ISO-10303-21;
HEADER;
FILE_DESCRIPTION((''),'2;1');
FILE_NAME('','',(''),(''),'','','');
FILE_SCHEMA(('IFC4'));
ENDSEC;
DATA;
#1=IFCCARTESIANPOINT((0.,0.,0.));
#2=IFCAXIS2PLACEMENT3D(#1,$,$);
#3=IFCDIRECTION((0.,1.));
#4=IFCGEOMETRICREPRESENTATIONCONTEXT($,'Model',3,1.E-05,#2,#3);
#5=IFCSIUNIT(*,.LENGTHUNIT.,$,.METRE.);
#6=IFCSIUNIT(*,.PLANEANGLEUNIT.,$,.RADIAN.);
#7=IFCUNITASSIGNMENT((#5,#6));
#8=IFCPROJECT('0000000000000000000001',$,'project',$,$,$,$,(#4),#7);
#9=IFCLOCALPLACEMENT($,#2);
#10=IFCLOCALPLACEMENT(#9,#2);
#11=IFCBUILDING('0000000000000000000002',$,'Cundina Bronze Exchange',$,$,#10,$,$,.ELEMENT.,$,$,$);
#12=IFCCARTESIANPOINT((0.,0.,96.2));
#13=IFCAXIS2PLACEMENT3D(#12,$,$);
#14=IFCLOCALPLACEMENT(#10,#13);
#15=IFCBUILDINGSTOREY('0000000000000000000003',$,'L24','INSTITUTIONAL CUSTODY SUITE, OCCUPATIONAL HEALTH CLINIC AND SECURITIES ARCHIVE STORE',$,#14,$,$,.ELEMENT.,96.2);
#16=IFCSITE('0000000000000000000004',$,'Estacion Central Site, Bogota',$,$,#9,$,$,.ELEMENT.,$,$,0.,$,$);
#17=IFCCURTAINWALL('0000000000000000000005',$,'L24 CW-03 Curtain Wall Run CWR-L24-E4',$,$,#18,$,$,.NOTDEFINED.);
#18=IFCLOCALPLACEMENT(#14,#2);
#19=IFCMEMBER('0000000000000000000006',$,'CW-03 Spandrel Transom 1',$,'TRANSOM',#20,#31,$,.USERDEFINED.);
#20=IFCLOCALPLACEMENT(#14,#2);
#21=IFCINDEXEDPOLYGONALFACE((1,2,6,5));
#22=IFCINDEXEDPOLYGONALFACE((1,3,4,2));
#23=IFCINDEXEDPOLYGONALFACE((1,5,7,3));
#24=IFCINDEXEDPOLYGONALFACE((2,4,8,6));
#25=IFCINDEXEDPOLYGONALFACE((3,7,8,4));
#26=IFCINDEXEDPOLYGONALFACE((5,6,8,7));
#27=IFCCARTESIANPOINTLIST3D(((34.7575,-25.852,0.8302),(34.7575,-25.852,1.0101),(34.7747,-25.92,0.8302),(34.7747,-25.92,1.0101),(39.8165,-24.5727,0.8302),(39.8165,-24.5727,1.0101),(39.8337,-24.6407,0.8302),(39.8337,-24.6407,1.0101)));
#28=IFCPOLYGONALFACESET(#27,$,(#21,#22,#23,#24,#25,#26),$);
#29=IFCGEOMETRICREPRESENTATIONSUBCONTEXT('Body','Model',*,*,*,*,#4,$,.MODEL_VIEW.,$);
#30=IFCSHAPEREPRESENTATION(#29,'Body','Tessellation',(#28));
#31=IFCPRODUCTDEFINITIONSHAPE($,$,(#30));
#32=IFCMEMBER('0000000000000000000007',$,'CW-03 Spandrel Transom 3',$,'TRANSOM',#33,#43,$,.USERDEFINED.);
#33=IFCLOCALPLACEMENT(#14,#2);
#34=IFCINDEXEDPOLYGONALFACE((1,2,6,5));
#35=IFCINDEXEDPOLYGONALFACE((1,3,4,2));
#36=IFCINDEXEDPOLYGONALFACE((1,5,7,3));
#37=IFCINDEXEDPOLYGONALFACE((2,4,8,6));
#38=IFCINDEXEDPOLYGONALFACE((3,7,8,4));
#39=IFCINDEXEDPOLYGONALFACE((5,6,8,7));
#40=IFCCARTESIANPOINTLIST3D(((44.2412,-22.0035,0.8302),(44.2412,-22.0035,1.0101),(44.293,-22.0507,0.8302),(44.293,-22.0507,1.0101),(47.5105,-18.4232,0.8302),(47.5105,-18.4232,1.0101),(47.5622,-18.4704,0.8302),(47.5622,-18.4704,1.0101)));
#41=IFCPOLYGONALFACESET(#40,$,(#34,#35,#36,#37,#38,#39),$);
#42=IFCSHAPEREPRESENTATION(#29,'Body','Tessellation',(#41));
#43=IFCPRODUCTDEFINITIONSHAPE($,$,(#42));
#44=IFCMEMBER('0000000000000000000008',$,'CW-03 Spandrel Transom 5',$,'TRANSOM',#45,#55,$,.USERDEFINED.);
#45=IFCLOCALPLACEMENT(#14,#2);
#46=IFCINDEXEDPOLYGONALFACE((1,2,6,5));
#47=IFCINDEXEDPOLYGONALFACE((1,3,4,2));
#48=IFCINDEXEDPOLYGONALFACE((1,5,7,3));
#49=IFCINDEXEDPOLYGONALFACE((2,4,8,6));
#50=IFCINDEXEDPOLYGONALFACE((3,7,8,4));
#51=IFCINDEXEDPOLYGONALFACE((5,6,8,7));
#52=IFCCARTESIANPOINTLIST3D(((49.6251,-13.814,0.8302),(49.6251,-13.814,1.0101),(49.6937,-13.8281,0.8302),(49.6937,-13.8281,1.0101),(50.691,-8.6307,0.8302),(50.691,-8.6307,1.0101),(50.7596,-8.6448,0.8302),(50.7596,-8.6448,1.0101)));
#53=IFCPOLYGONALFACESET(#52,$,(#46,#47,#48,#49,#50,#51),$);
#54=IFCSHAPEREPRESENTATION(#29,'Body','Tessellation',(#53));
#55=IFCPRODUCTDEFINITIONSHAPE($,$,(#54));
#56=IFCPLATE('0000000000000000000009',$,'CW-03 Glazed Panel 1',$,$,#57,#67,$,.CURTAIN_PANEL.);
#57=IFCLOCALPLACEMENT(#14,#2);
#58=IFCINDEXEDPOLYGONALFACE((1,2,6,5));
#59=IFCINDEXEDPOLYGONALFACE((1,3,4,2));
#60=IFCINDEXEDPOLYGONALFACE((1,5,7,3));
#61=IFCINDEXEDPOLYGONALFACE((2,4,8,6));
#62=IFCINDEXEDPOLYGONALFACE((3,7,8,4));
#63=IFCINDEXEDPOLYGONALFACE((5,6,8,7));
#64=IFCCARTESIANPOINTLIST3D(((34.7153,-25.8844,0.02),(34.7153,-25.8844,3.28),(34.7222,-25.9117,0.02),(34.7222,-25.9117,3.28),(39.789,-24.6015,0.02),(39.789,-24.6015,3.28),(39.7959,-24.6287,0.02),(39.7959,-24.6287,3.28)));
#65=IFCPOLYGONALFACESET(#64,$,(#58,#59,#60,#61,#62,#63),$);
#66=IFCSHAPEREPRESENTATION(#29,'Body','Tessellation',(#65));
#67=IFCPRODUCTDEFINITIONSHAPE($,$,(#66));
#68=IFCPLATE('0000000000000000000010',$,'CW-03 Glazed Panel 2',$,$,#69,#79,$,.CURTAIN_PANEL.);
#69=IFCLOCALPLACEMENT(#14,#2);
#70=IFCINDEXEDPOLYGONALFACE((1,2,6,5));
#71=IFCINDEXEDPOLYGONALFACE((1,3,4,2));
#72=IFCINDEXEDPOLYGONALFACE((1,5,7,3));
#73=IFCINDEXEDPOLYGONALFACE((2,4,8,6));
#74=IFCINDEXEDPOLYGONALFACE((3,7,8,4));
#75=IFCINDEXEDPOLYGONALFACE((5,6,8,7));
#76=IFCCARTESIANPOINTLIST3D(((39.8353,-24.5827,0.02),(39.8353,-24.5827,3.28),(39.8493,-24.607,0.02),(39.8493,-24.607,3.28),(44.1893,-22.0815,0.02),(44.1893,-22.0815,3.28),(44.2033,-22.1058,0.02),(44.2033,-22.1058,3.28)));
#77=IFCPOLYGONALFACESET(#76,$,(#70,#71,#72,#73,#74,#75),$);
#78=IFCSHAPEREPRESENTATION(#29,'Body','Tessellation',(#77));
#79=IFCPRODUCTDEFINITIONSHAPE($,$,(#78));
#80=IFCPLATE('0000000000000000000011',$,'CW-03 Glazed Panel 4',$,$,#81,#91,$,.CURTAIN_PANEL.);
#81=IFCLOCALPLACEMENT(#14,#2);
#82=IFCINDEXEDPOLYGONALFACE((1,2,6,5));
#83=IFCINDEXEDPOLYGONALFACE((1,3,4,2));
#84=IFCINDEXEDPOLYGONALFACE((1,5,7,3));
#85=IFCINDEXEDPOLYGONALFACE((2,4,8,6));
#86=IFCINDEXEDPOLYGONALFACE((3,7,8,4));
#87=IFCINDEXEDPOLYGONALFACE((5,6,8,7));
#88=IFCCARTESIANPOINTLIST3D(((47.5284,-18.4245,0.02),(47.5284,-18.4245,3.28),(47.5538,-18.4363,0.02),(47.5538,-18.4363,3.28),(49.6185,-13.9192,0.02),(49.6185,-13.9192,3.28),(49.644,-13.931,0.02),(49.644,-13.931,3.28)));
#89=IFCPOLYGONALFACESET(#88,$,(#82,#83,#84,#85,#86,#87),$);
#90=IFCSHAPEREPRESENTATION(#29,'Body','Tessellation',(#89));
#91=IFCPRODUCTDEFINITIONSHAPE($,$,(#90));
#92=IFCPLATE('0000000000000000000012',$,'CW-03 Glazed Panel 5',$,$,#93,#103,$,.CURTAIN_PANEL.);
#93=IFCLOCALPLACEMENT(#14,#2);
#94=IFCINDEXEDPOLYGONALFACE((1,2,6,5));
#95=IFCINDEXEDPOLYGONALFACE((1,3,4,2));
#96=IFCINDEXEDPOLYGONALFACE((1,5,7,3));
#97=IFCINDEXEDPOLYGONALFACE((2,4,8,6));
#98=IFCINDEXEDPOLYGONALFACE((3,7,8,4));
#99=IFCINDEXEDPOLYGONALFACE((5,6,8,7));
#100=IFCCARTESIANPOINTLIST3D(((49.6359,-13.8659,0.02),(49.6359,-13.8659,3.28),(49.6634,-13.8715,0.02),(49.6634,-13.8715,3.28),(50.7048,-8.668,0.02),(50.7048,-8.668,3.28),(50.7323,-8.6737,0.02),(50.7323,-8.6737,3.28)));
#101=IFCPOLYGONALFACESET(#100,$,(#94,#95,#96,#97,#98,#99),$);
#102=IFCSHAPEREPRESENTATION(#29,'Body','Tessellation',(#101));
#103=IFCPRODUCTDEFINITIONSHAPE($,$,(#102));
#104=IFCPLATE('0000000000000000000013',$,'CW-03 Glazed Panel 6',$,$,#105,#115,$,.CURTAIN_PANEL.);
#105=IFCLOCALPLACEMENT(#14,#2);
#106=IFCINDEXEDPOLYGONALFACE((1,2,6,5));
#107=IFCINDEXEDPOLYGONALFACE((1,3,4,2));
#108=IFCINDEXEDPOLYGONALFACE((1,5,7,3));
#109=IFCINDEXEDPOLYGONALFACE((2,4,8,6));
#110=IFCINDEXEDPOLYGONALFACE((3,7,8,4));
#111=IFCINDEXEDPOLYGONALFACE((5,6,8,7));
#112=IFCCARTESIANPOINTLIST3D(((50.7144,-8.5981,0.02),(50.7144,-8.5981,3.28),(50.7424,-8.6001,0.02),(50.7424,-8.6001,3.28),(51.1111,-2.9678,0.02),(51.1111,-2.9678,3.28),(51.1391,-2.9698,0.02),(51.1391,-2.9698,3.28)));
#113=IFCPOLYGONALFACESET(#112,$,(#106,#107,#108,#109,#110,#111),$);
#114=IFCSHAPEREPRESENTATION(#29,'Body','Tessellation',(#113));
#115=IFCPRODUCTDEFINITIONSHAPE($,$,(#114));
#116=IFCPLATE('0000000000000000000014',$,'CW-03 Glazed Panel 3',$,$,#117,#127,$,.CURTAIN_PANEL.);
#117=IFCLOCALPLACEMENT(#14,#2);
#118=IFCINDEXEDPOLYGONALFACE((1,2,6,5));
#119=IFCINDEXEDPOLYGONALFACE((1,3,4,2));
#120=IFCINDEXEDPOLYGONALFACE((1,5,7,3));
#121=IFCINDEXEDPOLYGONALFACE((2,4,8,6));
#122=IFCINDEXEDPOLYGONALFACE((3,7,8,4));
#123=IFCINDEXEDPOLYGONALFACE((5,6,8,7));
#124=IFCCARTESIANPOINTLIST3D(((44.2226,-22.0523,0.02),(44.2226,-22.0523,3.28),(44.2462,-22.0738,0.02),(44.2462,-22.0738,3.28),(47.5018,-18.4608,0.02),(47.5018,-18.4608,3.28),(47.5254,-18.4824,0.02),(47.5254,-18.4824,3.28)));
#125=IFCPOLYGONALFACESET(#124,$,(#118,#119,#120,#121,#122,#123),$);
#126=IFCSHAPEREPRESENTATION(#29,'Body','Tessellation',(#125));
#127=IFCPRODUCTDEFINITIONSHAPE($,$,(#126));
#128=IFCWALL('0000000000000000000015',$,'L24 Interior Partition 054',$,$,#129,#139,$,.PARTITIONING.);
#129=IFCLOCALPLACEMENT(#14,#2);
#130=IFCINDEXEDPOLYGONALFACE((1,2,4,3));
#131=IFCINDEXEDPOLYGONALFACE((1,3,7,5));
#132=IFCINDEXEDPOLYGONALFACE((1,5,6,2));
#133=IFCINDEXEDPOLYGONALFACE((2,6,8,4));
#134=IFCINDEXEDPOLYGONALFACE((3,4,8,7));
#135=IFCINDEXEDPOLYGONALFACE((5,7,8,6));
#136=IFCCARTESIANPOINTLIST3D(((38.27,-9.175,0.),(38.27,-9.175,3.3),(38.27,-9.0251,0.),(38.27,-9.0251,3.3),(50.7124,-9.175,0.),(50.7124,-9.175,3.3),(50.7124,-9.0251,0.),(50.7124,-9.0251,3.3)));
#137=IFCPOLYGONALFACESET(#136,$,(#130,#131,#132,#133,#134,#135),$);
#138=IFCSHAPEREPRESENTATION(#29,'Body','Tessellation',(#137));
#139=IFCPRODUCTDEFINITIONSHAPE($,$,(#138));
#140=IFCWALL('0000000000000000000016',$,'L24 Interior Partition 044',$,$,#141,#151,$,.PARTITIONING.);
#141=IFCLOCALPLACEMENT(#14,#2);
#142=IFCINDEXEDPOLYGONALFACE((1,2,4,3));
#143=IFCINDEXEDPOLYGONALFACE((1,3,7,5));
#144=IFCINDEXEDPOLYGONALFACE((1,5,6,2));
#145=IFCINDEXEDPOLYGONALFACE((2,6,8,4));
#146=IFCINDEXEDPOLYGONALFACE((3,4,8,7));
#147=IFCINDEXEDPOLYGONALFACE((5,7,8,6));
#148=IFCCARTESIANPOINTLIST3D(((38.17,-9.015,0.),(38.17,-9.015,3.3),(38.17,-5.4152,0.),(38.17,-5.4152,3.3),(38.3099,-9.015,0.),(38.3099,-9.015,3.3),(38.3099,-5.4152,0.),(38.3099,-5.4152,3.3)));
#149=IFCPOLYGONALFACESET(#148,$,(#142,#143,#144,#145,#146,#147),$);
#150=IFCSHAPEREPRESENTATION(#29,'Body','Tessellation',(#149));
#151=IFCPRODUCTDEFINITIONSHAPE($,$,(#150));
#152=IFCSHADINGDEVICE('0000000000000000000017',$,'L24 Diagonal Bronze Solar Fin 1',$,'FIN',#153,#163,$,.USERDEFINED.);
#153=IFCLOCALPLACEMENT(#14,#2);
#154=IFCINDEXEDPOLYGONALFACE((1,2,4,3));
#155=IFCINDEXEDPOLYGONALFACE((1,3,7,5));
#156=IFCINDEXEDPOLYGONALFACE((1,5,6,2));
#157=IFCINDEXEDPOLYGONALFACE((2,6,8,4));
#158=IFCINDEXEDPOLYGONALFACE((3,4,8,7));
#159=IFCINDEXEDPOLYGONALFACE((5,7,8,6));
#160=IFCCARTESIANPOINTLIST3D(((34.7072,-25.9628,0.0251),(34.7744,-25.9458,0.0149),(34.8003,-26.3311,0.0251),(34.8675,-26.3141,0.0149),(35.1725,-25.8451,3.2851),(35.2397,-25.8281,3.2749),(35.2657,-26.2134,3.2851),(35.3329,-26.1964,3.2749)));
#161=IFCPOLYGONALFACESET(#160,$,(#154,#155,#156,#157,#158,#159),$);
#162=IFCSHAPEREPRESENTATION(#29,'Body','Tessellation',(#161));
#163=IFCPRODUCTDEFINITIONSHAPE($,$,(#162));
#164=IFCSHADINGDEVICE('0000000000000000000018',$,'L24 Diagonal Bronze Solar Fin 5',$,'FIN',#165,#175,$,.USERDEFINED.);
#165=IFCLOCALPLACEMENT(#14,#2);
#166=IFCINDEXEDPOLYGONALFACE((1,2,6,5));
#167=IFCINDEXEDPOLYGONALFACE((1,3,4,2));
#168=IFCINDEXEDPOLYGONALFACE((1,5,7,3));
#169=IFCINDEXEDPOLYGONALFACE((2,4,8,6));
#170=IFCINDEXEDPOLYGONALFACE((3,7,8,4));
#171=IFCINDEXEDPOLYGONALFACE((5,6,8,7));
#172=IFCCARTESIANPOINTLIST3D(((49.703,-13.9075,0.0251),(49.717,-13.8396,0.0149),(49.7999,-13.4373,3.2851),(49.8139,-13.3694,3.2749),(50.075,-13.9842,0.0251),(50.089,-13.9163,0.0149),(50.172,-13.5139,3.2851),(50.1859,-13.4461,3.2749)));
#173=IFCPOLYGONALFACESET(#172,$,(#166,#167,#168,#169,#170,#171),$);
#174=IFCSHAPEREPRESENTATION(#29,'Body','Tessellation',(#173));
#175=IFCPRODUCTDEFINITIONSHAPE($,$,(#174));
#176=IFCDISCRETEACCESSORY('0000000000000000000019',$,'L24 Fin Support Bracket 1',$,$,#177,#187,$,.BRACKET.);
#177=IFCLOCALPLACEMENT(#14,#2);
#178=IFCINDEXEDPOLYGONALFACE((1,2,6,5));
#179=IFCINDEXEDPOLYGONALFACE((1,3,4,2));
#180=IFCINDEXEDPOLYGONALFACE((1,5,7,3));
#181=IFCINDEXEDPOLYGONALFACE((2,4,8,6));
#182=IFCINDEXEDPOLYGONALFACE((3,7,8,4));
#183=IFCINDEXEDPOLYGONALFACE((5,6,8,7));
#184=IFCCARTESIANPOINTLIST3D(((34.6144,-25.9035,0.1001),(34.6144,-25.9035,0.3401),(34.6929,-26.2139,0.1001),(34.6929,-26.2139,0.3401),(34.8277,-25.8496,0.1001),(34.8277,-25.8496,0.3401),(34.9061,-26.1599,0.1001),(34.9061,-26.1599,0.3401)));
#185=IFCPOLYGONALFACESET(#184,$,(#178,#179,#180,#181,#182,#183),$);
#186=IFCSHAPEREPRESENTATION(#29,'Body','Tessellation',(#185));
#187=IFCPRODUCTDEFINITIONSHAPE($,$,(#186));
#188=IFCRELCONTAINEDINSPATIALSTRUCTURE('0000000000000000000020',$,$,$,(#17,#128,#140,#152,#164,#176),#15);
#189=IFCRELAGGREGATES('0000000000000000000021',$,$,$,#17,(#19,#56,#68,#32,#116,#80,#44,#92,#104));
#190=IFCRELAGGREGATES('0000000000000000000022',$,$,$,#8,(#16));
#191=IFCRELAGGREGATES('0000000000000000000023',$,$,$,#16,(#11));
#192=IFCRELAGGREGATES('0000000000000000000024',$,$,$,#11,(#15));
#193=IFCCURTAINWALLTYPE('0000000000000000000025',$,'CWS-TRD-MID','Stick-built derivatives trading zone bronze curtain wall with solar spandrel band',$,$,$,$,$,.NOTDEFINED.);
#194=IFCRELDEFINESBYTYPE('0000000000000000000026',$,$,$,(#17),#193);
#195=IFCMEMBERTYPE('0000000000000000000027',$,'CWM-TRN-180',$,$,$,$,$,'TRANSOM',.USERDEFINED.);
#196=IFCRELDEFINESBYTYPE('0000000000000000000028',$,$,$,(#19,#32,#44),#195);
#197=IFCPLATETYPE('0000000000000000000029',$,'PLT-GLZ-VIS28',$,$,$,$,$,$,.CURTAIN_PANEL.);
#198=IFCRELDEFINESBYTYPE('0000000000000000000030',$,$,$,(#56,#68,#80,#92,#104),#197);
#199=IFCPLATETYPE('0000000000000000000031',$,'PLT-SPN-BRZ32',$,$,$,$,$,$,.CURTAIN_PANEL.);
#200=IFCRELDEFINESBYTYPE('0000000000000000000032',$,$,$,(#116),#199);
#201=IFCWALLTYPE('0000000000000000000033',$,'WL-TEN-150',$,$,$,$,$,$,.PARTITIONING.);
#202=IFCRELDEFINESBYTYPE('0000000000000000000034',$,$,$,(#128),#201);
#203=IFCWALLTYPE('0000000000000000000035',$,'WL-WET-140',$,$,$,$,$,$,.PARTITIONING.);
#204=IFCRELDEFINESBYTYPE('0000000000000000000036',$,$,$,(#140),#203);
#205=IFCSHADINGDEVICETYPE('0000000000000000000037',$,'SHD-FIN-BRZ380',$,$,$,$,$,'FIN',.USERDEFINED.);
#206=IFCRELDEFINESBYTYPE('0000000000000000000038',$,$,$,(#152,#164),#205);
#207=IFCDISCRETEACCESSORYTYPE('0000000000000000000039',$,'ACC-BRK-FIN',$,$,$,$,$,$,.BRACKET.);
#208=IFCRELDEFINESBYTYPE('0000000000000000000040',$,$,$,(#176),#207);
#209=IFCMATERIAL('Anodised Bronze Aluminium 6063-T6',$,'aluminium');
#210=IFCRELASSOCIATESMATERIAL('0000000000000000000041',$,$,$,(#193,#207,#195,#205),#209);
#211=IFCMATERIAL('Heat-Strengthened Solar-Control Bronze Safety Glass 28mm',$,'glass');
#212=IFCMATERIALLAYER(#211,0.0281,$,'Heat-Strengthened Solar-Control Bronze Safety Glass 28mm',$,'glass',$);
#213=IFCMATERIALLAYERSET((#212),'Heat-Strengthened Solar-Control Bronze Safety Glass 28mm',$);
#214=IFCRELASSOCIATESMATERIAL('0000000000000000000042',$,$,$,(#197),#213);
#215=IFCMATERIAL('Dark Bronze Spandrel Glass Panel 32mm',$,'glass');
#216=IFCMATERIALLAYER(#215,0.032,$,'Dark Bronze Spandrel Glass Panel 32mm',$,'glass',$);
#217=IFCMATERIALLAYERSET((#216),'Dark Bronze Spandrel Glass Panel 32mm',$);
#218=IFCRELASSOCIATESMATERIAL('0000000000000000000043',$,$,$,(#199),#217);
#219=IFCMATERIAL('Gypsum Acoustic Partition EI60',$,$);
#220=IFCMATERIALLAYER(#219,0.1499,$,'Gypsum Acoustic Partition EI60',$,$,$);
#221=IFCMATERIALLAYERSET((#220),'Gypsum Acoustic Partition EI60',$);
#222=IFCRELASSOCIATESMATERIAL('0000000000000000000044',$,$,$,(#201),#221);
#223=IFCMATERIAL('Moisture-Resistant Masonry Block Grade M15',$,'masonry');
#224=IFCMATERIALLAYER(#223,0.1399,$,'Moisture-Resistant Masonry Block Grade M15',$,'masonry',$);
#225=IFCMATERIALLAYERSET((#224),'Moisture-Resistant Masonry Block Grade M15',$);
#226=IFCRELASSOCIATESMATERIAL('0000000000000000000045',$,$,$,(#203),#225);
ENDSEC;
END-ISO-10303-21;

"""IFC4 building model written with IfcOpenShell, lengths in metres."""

from ifc_helpers import new_model, si_unit, direction, frame, frame_2d, origin, origin_2d, place, context, subcontext, project, spatial, rectangle, extrude, material, layer, layer_set, material_profile, profile_set, type_object, element, aggregate, save


model = new_model("IFC4")

# Units and contexts
model_context = context("Model", 3, precision=1e-05, world=origin(), true_north=direction((0.0, 1.0)))
body_context = subcontext(model_context, "Body", "Model", "MODEL_VIEW")
ifc_project = project(units=[si_unit("LENGTHUNIT", "METRE"), si_unit("PLANEANGLEUNIT", "RADIAN")], contexts=[model_context])

# Site, building, storey
site_placement = place(None, origin())
site = spatial("IfcSite", under=ifc_project, at=site_placement, Name="Estacion Central Site, Bogota", CompositionType="ELEMENT", RefElevation=0.0)
building_placement = place(site_placement, origin())
building = spatial("IfcBuilding", under=site, at=building_placement, Name="Cundina Bronze Exchange", CompositionType="ELEMENT")
storey_placement = place(building_placement, frame((0.0, 0.0, 96.2)))
storey = spatial("IfcBuildingStorey", under=building, at=storey_placement, Name="L24", Description="INSTITUTIONAL CUSTODY SUITE, OCCUPATIONAL HEALTH CLINIC AND SECURITIES ARCHIVE STORE", CompositionType="ELEMENT", Elevation=96.2)

# Shared definitions
ifc_material_1 = material(Name="Anodised Bronze Aluminium 6063-T6", Category="aluminium")
curtain_wall_type = type_object("IfcCurtainWallType", Name="CWS-TRD-MID", Description="Stick-built derivatives trading zone bronze curtain wall with solar spandrel band", PredefinedType="NOTDEFINED", material=ifc_material_1)

# Curtain wall, members, plates
curtain_wall_1_placement = place(storey_placement, origin())
curtain_wall_1 = element("IfcCurtainWall", 1, at=curtain_wall_1_placement, inside=storey, type_object=curtain_wall_type, Name="L24 CW-03 Curtain Wall Run CWR-L24-E4", PredefinedType="NOTDEFINED")
ifc_material_profile_1 = material_profile(ifc_material_1, rectangle(XDim=0.0701, YDim=0.1799, at=origin_2d()), Name="AL70X180", Category="aluminium")
ifc_profile_set_1 = profile_set([ifc_material_profile_1], Name="Anodised Bronze Aluminium 6063-T6")
member_type_1 = type_object("IfcMemberType", Name="CWM-TRN-180", ElementType="TRANSOM", PredefinedType="USERDEFINED", material=ifc_profile_set_1)
member_1_placement = place(storey_placement, frame((34.7661, -25.886, 0.9202), z_axis=(0.969484, 0.245155, 0.0), x_axis=(-0.245155, 0.969484, 0.0)))
member_1 = element("IfcMember", 2, at=member_1_placement, type_object=member_type_1, Name="CW-03 Spandrel Transom 1", ObjectType="TRANSOM", PredefinedType="USERDEFINED", context=body_context, shape_type="SweptSolid", body=[
    extrude(rectangle(XDim=0.0701, YDim=0.1799, at=origin_2d()), origin(), (0.0, 0.0, 1.0), 5.2183),
])
member_2_placement = place(storey_placement, frame((44.2671, -22.0271, 0.9202), z_axis=(0.674303, 0.738455, 0.0), x_axis=(-0.738455, 0.674303, 0.0)))
member_2 = element("IfcMember", 3, at=member_2_placement, type_object=member_type_1, Name="CW-03 Spandrel Transom 3", ObjectType="TRANSOM", PredefinedType="USERDEFINED", context=body_context, shape_type="SweptSolid", body=[
    extrude(rectangle(XDim=0.0701, YDim=0.1799, at=origin_2d()), origin(), (0.0, 0.0, 1.0), 4.8484),
])
member_3_placement = place(storey_placement, frame((49.6594, -13.821, 0.9202), z_axis=(0.201428, 0.979503, 0.0), x_axis=(-0.979503, 0.201428, 0.0)))
member_3 = element("IfcMember", 4, at=member_3_placement, type_object=member_type_1, Name="CW-03 Spandrel Transom 5", ObjectType="TRANSOM", PredefinedType="USERDEFINED", context=body_context, shape_type="SweptSolid", body=[
    extrude(rectangle(XDim=0.0701, YDim=0.1799, at=origin_2d()), origin(), (0.0, 0.0, 1.0), 5.2917),
])
ifc_material_2 = material(Name="Heat-Strengthened Solar-Control Bronze Safety Glass 28mm", Category="glass")
ifc_layer_1 = layer(ifc_material_2, 0.0281, Name="Heat-Strengthened Solar-Control Bronze Safety Glass 28mm", Category="glass")
ifc_layer_set_1 = layer_set([ifc_layer_1], Name="Heat-Strengthened Solar-Control Bronze Safety Glass 28mm")
plate_type_1 = type_object("IfcPlateType", Name="PLT-GLZ-VIS28", PredefinedType="CURTAIN_PANEL", material=ifc_layer_set_1)
plate_1_placement = place(storey_placement, frame((37.2556, -25.2566, 0.02), z_axis=(0.0, 0.0, 1.0), x_axis=(0.969488, 0.245138, 0.0)))
plate_1 = element("IfcPlate", 5, at=plate_1_placement, type_object=plate_type_1, Name="CW-03 Glazed Panel 1", PredefinedType="CURTAIN_PANEL", context=body_context, shape_type="SweptSolid", body=[
    extrude(rectangle(XDim=5.2334, YDim=0.0281, at=origin_2d()), origin(), (0.0, 0.0, 1.0), 3.26),
])
plate_2_placement = place(storey_placement, frame((42.0193, -23.3442, 0.02), z_axis=(0.0, 0.0, 1.0), x_axis=(0.867105, 0.498125, 0.0)))
plate_2 = element("IfcPlate", 6, at=plate_2_placement, type_object=plate_type_1, Name="CW-03 Glazed Panel 2", PredefinedType="CURTAIN_PANEL", context=body_context, shape_type="SweptSolid", body=[
    extrude(rectangle(XDim=5.0212, YDim=0.0281, at=origin_2d()), origin(), (0.0, 0.0, 1.0), 3.26),
])
plate_3_placement = place(storey_placement, frame((48.5862, -16.1777, 0.02), z_axis=(0.0, 0.0, 1.0), x_axis=(0.420846, 0.907132, 0.0)))
plate_3 = element("IfcPlate", 7, at=plate_3_placement, type_object=plate_type_1, Name="CW-03 Glazed Panel 4", PredefinedType="CURTAIN_PANEL", context=body_context, shape_type="SweptSolid", body=[
    extrude(rectangle(XDim=4.9666, YDim=0.0281, at=origin_2d()), origin(), (0.0, 0.0, 1.0), 3.26),
])
plate_4_placement = place(storey_placement, frame((50.1841, -11.2698, 0.02), z_axis=(0.0, 0.0, 1.0), x_axis=(0.20142, 0.979505, 0.0)))
plate_4 = element("IfcPlate", 8, at=plate_4_placement, type_object=plate_type_1, Name="CW-03 Glazed Panel 5", PredefinedType="CURTAIN_PANEL", context=body_context, shape_type="SweptSolid", body=[
    extrude(rectangle(XDim=5.3066, YDim=0.0281, at=origin_2d()), origin(), (0.0, 0.0, 1.0), 3.26),
])
plate_5_placement = place(storey_placement, frame((50.9268, -5.7839, 0.02), z_axis=(0.0, 0.0, 1.0), x_axis=(0.070279, 0.997527, 0.0)))
plate_5 = element("IfcPlate", 9, at=plate_5_placement, type_object=plate_type_1, Name="CW-03 Glazed Panel 6", PredefinedType="CURTAIN_PANEL", context=body_context, shape_type="SweptSolid", body=[
    extrude(rectangle(XDim=5.6443, YDim=0.0281, at=origin_2d()), origin(), (0.0, 0.0, 1.0), 3.26),
])
ifc_material_3 = material(Name="Dark Bronze Spandrel Glass Panel 32mm", Category="glass")
ifc_layer_2 = layer(ifc_material_3, 0.032, Name="Dark Bronze Spandrel Glass Panel 32mm", Category="glass")
ifc_layer_set_2 = layer_set([ifc_layer_2], Name="Dark Bronze Spandrel Glass Panel 32mm")
plate_type_2 = type_object("IfcPlateType", Name="PLT-SPN-BRZ32", PredefinedType="CURTAIN_PANEL", material=ifc_layer_set_2)
plate_6_placement = place(storey_placement, frame((45.874, -20.2673, 0.02), z_axis=(0.0, 0.0, 1.0), x_axis=(0.674277, 0.738479, 0.0)))
plate_6 = element("IfcPlate", 10, at=plate_6_placement, type_object=plate_type_2, Name="CW-03 Glazed Panel 3", PredefinedType="CURTAIN_PANEL", context=body_context, shape_type="SweptSolid", body=[
    extrude(rectangle(XDim=4.8633, YDim=0.032, at=origin_2d()), origin(), (0.0, 0.0, 1.0), 3.26),
])
aggregate(curtain_wall_1, [member_1, plate_1, plate_2, member_2, plate_6, plate_3, member_3, plate_4, plate_5])

# Walls
ifc_material_4 = material(Name="Gypsum Acoustic Partition EI60")
ifc_layer_3 = layer(ifc_material_4, 0.1499, Name="Gypsum Acoustic Partition EI60")
ifc_layer_set_3 = layer_set([ifc_layer_3], Name="Gypsum Acoustic Partition EI60")
wall_type_1 = type_object("IfcWallType", Name="WL-TEN-150", PredefinedType="PARTITIONING", material=ifc_layer_set_3)
wall_1_placement = place(storey_placement, frame((38.27, -9.1001, 0.0), z_axis=(0.0, 0.0, 1.0), x_axis=(1.0, 0.0, 0.0)))
element("IfcWall", 11, at=wall_1_placement, inside=storey, type_object=wall_type_1, Name="L24 Interior Partition 054", PredefinedType="PARTITIONING", context=body_context, shape_type="SweptSolid", body=[
    extrude(rectangle(XDim=12.4424, YDim=0.1499, at=frame_2d((6.2212, 0.0))), origin(), (0.0, 0.0, 1.0), 3.3),
])
ifc_material_5 = material(Name="Moisture-Resistant Masonry Block Grade M15", Category="masonry")
ifc_layer_4 = layer(ifc_material_5, 0.1399, Name="Moisture-Resistant Masonry Block Grade M15", Category="masonry")
ifc_layer_set_4 = layer_set([ifc_layer_4], Name="Moisture-Resistant Masonry Block Grade M15")
wall_type_2 = type_object("IfcWallType", Name="WL-WET-140", PredefinedType="PARTITIONING", material=ifc_layer_set_4)
wall_2_placement = place(storey_placement, frame((38.24, -9.0149, 0.0), z_axis=(0.0, 0.0, 1.0), x_axis=(0.0, 1.0, 0.0)))
element("IfcWall", 12, at=wall_2_placement, inside=storey, type_object=wall_type_2, Name="L24 Interior Partition 044", PredefinedType="PARTITIONING", context=body_context, shape_type="SweptSolid", body=[
    extrude(rectangle(XDim=3.5999, YDim=0.1399, at=frame_2d((1.7998, 0.0))), origin(), (0.0, 0.0, 1.0), 3.3),
])

# Shading devices
ifc_material_profile_2 = material_profile(ifc_material_1, rectangle(XDim=0.0701, YDim=0.3799, at=origin_2d()), Name="FIN70X380", Category="aluminium")
ifc_profile_set_2 = profile_set([ifc_material_profile_2], Name="Anodised Bronze Aluminium 6063-T6")
shading_device_type = type_object("IfcShadingDeviceType", Name="SHD-FIN-BRZ380", ElementType="FIN", PredefinedType="USERDEFINED", material=ifc_profile_set_2)
for number, where, z_axis, x_axis, name in (
    (13, (34.7874, -26.1384, 0.02), (0.141217, 0.035712, 0.989334), (-0.959141, -0.242553, 0.145663), "L24 Diagonal Bronze Solar Fin 1"),
    (14, (49.896, -13.9119, 0.02), (0.029414, 0.142698, 0.989329), (-0.199728, -0.968959, 0.145698), "L24 Diagonal Bronze Solar Fin 5"),
):
    element("IfcShadingDevice", number, at=place(storey_placement, frame(where, z_axis=z_axis, x_axis=x_axis)), inside=storey, type_object=shading_device_type, Name=name, ObjectType="FIN", PredefinedType="USERDEFINED", context=body_context, shape_type="SweptSolid", body=[
        extrude(rectangle(XDim=0.0701, YDim=0.3799, at=origin_2d()), origin(), (0.0, 0.0, 1.0), 3.2952),
    ])

# Discrete accessory
discrete_accessory_type = type_object("IfcDiscreteAccessoryType", Name="ACC-BRK-FIN", PredefinedType="BRACKET", material=ifc_material_1)
for number, where, z_axis, x_axis, name in (
    (15, (34.7603, -26.0317, 0.1001), (0.0, 0.0, 1.0), (0.969488, 0.245138, 0.0), "L24 Fin Support Bracket 1"),
):
    element("IfcDiscreteAccessory", number, at=place(storey_placement, frame(where, z_axis=z_axis, x_axis=x_axis)), inside=storey, type_object=discrete_accessory_type, Name=name, PredefinedType="BRACKET", context=body_context, shape_type="SweptSolid", body=[
        extrude(rectangle(XDim=0.22, YDim=0.3201, at=origin_2d()), origin(), (0.0, 0.0, 1.0), 0.24),
    ])

save(model, "model.ifc")
